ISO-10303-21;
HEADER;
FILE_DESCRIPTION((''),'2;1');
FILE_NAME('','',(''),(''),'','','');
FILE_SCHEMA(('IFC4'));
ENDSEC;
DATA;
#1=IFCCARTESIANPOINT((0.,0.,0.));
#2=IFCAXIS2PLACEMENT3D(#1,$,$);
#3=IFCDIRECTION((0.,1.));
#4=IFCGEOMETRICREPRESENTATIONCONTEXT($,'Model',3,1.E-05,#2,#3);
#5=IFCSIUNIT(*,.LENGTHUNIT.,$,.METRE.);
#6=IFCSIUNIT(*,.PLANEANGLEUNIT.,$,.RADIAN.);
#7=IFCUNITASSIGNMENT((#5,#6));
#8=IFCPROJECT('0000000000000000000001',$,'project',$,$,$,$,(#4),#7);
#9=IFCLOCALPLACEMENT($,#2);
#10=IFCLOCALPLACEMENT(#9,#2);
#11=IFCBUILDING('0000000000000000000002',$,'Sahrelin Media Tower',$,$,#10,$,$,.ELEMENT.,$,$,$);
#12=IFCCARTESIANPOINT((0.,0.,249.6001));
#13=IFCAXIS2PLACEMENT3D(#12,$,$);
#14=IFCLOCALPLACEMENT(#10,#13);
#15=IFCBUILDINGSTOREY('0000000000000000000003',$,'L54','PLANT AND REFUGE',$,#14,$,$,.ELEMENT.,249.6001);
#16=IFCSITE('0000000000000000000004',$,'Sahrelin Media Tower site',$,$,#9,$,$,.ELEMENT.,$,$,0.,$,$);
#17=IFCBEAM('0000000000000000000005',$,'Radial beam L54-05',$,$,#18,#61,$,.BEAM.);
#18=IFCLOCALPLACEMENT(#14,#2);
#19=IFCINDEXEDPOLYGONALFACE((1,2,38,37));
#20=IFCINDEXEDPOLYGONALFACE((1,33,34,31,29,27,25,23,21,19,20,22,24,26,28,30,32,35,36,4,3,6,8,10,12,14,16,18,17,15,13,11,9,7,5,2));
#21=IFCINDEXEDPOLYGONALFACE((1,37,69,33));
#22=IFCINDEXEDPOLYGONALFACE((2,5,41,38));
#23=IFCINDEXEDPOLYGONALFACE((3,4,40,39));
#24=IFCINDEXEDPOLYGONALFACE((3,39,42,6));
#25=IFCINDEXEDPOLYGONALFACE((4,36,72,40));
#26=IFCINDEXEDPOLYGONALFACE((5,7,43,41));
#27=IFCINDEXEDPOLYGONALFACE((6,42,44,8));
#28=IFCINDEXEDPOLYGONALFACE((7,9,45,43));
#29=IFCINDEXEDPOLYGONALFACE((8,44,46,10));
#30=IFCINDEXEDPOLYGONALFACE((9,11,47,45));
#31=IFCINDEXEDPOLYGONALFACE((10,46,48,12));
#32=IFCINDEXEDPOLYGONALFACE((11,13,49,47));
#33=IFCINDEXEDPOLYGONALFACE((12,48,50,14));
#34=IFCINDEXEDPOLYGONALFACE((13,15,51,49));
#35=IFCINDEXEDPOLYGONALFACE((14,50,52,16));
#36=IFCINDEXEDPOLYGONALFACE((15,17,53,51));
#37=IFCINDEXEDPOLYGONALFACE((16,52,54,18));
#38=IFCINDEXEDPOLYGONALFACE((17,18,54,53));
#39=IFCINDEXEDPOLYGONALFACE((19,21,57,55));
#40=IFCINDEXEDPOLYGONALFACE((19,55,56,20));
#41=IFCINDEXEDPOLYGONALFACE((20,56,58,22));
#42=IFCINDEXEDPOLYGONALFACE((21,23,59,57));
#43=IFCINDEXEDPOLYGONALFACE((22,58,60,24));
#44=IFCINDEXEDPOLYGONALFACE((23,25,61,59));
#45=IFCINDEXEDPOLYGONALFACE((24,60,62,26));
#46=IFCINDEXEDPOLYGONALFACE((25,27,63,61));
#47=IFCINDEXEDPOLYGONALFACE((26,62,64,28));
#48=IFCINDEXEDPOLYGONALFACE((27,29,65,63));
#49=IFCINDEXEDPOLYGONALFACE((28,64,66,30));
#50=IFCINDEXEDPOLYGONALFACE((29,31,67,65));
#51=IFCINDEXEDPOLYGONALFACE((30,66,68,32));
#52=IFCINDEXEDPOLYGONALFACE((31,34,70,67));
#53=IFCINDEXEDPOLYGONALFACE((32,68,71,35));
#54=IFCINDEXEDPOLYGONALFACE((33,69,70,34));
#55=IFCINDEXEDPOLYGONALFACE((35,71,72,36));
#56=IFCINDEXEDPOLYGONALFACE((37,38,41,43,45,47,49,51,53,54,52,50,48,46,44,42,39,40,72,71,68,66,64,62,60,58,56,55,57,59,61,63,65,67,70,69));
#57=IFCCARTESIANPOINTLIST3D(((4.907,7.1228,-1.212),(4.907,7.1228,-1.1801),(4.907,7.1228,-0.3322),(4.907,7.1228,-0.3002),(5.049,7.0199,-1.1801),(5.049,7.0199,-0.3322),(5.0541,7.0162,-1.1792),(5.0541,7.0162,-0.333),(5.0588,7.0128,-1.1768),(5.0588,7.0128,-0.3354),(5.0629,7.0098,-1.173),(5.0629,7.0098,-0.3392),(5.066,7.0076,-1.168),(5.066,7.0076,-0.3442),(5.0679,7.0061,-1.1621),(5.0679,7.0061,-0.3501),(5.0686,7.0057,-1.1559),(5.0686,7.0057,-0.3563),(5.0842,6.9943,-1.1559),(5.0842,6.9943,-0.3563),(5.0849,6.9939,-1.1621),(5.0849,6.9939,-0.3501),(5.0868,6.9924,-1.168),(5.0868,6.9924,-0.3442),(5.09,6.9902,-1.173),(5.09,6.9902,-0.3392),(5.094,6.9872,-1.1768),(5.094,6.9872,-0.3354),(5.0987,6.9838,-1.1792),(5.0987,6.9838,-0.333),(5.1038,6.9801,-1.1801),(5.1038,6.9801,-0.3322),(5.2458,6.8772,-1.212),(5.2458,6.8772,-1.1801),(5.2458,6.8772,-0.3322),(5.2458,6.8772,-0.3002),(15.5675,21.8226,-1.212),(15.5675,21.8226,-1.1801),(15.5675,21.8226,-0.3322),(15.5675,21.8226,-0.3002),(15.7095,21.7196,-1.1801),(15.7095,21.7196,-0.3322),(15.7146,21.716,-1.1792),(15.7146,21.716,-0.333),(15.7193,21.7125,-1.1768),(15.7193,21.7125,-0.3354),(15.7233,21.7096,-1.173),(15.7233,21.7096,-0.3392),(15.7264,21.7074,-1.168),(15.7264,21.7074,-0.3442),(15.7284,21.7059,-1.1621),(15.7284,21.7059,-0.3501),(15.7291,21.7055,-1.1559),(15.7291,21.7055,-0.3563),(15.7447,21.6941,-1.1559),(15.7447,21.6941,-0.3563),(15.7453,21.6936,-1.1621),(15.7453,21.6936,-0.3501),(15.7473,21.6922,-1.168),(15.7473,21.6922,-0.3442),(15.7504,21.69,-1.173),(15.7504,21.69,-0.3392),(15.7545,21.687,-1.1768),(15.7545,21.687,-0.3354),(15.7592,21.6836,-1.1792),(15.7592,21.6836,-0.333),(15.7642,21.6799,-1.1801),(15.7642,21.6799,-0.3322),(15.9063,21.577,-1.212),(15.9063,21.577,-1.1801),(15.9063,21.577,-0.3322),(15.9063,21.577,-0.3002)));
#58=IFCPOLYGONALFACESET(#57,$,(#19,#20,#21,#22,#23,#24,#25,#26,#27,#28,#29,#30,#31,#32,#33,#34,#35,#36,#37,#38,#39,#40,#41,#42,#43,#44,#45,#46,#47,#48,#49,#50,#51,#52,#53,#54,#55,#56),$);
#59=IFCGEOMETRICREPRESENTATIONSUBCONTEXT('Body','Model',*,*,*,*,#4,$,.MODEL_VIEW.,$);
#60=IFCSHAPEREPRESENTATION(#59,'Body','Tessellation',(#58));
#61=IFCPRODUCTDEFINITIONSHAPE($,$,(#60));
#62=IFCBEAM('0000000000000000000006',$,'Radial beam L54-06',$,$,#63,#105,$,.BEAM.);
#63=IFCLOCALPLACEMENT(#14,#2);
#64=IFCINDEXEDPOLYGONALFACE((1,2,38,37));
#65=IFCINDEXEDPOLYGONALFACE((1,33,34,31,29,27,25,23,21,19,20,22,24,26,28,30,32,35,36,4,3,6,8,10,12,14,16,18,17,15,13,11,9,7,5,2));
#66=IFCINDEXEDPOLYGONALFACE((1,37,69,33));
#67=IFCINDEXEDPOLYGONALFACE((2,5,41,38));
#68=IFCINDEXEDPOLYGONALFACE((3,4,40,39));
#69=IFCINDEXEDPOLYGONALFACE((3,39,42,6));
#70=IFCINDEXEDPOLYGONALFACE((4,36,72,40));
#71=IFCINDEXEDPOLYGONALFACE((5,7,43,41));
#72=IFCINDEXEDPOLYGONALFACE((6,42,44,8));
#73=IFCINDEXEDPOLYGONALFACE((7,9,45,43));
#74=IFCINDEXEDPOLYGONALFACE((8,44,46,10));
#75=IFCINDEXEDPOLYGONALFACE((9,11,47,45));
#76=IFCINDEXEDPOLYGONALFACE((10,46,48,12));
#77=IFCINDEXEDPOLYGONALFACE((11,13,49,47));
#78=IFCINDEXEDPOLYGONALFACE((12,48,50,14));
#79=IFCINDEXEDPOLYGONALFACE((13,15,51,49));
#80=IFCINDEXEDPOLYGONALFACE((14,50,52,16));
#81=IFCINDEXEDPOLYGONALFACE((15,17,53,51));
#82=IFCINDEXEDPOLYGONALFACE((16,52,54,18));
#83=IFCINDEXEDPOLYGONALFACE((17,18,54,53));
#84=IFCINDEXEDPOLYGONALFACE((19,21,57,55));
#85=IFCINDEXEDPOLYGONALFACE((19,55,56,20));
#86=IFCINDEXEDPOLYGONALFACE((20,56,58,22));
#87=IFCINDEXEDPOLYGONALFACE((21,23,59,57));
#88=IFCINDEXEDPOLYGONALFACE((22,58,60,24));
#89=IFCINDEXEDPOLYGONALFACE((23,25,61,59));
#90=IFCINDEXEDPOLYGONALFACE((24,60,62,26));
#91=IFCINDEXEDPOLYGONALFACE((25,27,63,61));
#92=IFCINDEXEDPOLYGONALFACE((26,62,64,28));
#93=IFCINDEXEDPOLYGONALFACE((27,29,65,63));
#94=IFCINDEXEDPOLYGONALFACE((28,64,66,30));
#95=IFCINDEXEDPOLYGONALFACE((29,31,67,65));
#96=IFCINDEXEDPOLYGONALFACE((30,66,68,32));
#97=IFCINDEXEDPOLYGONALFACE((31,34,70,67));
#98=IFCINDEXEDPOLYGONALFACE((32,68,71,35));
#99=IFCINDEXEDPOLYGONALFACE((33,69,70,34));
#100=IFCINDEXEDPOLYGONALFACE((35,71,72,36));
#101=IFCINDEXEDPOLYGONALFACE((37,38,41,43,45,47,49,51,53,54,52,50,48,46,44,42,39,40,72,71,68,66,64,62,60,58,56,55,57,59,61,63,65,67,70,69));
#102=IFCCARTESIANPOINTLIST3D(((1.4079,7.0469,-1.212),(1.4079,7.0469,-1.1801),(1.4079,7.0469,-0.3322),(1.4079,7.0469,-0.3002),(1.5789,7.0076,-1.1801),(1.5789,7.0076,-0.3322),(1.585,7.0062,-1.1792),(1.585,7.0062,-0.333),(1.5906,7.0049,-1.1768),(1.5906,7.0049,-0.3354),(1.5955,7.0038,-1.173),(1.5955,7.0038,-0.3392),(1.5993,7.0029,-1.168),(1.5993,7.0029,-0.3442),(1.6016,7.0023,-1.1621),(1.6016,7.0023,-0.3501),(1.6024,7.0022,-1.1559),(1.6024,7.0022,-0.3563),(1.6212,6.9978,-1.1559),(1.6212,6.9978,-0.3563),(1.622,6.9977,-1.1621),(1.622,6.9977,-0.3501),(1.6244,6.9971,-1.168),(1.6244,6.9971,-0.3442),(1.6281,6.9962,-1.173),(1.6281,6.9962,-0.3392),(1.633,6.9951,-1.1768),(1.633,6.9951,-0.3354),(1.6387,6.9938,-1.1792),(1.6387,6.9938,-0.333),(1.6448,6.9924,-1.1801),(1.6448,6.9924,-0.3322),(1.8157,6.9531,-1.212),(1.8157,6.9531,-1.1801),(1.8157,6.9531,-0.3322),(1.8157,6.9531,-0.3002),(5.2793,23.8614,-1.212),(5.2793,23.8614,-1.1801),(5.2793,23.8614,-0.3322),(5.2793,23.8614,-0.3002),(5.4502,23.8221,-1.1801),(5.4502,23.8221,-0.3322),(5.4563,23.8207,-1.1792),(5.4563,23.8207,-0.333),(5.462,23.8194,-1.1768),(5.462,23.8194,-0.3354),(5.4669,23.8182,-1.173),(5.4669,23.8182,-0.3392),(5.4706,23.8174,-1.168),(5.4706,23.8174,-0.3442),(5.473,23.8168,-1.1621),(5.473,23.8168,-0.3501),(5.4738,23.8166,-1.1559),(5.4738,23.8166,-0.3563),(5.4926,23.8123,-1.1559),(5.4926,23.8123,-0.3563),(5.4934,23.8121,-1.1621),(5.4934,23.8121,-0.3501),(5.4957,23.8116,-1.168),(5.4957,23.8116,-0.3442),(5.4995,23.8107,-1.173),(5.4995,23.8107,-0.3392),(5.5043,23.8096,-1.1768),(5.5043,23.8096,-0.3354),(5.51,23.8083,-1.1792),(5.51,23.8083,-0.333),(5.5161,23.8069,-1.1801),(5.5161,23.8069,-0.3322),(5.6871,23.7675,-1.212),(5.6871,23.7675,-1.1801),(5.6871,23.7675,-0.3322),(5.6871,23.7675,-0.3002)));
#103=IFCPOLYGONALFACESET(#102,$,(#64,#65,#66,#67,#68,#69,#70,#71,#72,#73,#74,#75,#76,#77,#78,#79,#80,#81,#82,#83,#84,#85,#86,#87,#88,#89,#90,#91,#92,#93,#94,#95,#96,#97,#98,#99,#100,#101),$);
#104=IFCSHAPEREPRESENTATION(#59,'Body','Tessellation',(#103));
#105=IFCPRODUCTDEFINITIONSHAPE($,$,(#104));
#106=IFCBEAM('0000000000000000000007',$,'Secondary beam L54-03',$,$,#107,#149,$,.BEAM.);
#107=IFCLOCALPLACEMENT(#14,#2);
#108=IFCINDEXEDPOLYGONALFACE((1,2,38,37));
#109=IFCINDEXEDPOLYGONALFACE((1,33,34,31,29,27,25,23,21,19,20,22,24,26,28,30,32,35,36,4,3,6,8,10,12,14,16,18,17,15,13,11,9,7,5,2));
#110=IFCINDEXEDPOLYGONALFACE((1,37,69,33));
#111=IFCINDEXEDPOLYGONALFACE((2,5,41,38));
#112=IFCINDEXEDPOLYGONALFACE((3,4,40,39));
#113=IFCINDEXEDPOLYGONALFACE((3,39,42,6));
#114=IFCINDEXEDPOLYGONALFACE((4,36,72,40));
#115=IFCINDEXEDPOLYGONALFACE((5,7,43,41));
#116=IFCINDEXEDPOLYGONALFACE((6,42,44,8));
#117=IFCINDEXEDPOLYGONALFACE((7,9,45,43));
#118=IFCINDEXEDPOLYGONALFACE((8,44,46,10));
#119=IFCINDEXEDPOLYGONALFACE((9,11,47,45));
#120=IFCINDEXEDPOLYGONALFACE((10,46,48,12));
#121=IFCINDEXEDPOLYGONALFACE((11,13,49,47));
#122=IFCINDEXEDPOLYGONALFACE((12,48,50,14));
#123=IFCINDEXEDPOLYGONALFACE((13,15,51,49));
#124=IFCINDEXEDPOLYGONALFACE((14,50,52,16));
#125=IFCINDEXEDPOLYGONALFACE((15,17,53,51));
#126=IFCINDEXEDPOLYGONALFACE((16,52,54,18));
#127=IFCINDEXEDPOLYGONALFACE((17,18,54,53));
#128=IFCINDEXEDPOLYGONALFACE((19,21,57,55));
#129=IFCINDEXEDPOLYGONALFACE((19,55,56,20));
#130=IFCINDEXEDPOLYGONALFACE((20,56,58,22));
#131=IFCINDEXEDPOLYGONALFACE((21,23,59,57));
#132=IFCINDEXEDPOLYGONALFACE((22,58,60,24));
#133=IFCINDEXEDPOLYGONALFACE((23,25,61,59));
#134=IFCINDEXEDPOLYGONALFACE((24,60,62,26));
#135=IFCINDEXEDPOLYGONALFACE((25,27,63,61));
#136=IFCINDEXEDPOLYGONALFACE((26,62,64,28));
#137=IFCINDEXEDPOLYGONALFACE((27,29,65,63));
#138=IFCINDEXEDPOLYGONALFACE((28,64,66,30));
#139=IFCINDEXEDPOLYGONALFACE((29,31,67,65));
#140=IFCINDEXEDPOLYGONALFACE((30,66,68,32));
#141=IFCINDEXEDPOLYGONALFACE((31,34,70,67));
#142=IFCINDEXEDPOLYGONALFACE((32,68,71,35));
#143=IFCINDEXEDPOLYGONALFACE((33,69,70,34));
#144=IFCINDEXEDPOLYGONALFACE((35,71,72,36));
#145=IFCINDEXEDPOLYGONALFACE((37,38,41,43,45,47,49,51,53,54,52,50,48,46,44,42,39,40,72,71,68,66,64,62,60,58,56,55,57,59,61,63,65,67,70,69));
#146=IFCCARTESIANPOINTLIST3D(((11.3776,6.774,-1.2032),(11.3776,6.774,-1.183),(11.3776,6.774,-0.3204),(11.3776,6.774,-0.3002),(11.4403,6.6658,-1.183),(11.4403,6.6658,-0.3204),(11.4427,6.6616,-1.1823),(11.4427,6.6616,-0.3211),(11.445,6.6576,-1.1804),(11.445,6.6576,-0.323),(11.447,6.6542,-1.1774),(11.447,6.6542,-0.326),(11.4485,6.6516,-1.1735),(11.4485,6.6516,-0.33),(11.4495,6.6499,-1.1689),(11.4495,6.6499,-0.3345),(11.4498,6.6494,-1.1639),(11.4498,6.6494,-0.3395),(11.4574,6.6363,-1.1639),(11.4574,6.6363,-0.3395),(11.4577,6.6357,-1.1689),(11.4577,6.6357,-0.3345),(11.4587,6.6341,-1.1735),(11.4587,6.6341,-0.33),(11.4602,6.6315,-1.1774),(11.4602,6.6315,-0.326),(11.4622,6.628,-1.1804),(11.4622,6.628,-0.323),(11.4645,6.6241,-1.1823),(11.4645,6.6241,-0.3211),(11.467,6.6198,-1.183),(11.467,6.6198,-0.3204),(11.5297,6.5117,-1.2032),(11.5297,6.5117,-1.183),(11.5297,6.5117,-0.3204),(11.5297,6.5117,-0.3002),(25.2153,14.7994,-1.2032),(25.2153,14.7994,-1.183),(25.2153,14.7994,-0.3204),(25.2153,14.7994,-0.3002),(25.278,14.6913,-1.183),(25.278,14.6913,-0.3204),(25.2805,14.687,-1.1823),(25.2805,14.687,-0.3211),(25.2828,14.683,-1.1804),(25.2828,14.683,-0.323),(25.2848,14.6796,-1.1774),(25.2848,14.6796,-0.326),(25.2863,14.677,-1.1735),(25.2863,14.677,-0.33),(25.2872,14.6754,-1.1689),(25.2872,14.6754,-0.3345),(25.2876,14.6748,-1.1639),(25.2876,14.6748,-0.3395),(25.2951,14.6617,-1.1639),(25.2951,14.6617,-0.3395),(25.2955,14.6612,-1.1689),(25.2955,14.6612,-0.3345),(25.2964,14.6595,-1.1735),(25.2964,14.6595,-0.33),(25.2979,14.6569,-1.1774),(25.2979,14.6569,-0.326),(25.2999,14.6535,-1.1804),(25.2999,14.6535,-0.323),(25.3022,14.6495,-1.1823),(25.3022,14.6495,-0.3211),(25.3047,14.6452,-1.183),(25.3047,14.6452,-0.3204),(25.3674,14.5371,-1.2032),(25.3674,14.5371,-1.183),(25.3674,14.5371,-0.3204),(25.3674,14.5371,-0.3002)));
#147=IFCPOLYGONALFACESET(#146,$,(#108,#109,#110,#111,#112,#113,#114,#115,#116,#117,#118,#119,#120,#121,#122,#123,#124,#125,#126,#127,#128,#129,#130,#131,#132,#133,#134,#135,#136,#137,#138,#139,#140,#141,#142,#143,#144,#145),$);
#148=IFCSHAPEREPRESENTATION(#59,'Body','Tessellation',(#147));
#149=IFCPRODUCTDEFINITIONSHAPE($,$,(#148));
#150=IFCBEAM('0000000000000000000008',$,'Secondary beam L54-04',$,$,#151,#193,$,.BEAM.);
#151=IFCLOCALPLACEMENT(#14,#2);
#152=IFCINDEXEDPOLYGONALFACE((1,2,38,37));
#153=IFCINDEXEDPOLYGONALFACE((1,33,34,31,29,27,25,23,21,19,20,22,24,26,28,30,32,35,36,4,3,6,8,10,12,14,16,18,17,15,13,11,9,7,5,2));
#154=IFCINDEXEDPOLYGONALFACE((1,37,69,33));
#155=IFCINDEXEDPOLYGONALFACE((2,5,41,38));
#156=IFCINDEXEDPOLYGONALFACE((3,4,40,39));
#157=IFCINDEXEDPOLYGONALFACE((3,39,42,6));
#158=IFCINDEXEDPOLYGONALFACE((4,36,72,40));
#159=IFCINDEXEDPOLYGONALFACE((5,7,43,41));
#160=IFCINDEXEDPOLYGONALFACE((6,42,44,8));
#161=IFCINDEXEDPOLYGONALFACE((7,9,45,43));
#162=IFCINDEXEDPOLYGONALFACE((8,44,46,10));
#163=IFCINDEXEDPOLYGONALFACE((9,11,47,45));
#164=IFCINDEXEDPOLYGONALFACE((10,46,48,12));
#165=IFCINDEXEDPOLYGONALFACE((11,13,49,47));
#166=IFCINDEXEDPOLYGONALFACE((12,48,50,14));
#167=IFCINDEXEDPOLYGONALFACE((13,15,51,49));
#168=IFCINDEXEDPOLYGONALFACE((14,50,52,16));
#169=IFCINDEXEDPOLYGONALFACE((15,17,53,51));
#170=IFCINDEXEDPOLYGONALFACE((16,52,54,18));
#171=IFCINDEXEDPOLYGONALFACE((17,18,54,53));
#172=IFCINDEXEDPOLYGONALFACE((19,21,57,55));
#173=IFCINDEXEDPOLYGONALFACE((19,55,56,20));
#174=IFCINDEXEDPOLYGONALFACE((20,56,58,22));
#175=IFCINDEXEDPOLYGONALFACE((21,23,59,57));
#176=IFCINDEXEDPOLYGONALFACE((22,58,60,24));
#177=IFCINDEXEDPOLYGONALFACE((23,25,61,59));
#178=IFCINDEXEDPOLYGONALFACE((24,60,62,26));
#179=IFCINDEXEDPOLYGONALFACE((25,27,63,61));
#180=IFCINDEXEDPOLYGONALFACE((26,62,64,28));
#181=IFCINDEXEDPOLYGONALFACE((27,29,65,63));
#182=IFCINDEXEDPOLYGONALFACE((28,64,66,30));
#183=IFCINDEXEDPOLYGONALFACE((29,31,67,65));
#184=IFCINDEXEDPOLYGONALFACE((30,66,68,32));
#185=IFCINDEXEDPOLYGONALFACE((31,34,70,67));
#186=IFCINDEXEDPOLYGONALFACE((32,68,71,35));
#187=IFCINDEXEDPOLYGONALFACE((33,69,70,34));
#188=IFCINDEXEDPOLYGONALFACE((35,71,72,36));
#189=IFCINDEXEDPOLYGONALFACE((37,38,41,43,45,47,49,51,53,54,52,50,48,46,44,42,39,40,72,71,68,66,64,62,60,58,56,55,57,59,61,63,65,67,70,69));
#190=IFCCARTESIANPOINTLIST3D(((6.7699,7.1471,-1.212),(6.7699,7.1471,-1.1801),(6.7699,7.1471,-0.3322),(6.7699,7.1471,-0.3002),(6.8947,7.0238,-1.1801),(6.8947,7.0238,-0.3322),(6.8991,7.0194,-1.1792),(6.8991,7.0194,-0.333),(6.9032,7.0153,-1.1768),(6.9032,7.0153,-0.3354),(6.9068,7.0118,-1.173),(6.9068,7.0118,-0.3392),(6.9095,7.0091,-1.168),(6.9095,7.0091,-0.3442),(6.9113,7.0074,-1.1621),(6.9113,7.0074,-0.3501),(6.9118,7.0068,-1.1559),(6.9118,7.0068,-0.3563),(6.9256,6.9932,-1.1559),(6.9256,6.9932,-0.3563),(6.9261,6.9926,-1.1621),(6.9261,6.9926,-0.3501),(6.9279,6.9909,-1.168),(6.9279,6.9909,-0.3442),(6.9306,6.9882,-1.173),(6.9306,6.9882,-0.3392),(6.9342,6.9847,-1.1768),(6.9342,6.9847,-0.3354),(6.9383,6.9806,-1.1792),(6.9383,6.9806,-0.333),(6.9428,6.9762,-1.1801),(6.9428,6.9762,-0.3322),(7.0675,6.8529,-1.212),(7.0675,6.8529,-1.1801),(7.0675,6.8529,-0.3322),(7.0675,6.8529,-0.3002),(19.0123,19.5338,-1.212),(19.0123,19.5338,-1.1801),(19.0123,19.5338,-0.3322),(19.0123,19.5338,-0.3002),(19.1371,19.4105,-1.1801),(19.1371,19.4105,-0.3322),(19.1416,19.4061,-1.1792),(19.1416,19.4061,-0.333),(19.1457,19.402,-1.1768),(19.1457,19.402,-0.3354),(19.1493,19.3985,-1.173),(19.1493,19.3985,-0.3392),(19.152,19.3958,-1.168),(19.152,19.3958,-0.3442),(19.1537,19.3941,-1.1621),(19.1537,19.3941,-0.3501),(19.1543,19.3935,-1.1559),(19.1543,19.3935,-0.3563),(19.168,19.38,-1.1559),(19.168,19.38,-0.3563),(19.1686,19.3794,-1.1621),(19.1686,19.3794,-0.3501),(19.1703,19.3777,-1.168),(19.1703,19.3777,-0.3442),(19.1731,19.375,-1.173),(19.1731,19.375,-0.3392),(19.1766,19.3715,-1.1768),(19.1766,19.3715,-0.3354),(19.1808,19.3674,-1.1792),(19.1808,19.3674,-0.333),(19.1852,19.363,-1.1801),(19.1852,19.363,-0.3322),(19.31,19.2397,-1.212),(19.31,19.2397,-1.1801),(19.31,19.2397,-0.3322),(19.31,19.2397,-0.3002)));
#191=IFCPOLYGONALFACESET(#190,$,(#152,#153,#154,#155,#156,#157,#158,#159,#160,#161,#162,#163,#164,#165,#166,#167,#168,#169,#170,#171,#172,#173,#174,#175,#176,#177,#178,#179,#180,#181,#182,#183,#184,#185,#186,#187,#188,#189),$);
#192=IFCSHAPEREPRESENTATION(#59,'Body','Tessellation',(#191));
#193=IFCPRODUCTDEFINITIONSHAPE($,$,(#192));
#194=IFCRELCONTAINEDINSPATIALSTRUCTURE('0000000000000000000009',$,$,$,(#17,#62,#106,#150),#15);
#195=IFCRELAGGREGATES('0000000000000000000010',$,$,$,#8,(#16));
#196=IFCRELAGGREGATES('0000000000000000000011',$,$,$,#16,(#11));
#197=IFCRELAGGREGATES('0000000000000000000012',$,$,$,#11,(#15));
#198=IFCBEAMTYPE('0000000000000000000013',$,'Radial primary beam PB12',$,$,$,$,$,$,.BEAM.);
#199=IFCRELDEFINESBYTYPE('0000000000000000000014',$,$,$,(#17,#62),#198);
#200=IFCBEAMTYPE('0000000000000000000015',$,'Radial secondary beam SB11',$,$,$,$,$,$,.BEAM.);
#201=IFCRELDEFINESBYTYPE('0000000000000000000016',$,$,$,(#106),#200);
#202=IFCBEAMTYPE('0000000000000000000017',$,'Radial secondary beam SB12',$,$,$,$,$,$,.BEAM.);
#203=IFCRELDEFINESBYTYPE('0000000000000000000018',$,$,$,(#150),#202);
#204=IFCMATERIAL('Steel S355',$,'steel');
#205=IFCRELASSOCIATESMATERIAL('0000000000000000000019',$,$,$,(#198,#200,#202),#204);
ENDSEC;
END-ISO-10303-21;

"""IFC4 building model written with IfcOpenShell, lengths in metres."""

from ifc_helpers import new_model, si_unit, direction, frame, origin, origin_2d, place, context, subcontext, project, spatial, i_section, extrude, material, material_profile, profile_set, type_object, element, save


model = new_model("IFC4")

# Units and contexts
model_context = context("Model", 3, precision=1e-05, world=origin(), true_north=direction((0.0, 1.0)))
body_context = subcontext(model_context, "Body", "Model", "MODEL_VIEW")
ifc_project = project(units=[si_unit("LENGTHUNIT", "METRE"), si_unit("PLANEANGLEUNIT", "RADIAN")], contexts=[model_context])

# Site, building, storey
site_placement = place(None, origin())
site = spatial("IfcSite", under=ifc_project, at=site_placement, Name="Sahrelin Media Tower site", CompositionType="ELEMENT", RefElevation=0.0)
building_placement = place(site_placement, origin())
building = spatial("IfcBuilding", under=site, at=building_placement, Name="Sahrelin Media Tower", CompositionType="ELEMENT")
storey_placement = place(building_placement, frame((0.0, 0.0, 249.6001)))
storey = spatial("IfcBuildingStorey", under=building, at=storey_placement, Name="L54", Description="PLANT AND REFUGE", CompositionType="ELEMENT", Elevation=249.6001)

# Beams
ifc_material_1 = material(Name="Steel S355", Category="steel")
ifc_material_profile_1 = material_profile(ifc_material_1, i_section(OverallWidth=0.4185, OverallDepth=0.9119, WebThickness=0.0193, FlangeThickness=0.032, FilletRadius=0.0242, at=origin_2d()), Name="UB 914x419x343")
ifc_profile_set_1 = profile_set([ifc_material_profile_1], Name="Steel S355")
beam_type_1 = type_object("IfcBeamType", Name="Radial primary beam PB12", PredefinedType="BEAM", material=ifc_profile_set_1)
beam_1_placement = place(storey_placement, frame((5.0764, 7.0, -0.7561), z_axis=(0.58708, 0.809529, 0.0), x_axis=(-0.809529, 0.58708, 0.0)))
element("IfcBeam", 1, at=beam_1_placement, inside=storey, type_object=beam_type_1, Name="Radial beam L54-05", PredefinedType="BEAM", context=body_context, shape_type="SweptSolid", body=[
    extrude(i_section(OverallWidth=0.4185, OverallDepth=0.9119, WebThickness=0.0193, FlangeThickness=0.032, FilletRadius=0.0242, at=origin_2d()), origin(), (0.0, 0.0, 1.0), 18.1584),
])
beam_2_placement = place(storey_placement, frame((1.6118, 7.0, -0.7561), z_axis=(0.224369, 0.974504, 0.0), x_axis=(-0.974504, 0.224369, 0.0)))
element("IfcBeam", 2, at=beam_2_placement, inside=storey, type_object=beam_type_1, Name="Radial beam L54-06", PredefinedType="BEAM", context=body_context, shape_type="SweptSolid", body=[
    extrude(i_section(OverallWidth=0.4185, OverallDepth=0.9119, WebThickness=0.0193, FlangeThickness=0.032, FilletRadius=0.0242, at=origin_2d()), origin(), (0.0, 0.0, 1.0), 17.2544),
])
ifc_material_profile_2 = material_profile(ifc_material_1, i_section(OverallWidth=0.3032, OverallDepth=0.9031, WebThickness=0.0151, FlangeThickness=0.0203, FilletRadius=0.019, at=origin_2d()), Name="UB 914x305x201")
ifc_profile_set_2 = profile_set([ifc_material_profile_2], Name="Steel S355")
beam_type_2 = type_object("IfcBeamType", Name="Radial secondary beam SB11", PredefinedType="BEAM", material=ifc_profile_set_2)
beam_3_placement = place(storey_placement, frame((11.4536, 6.6428, -0.7517), z_axis=(0.865043, 0.501697, 0.0), x_axis=(-0.501697, 0.865043, 0.0)))
element("IfcBeam", 3, at=beam_3_placement, inside=storey, type_object=beam_type_2, Name="Secondary beam L54-03", PredefinedType="BEAM", context=body_context, shape_type="SweptSolid", body=[
    extrude(i_section(OverallWidth=0.3032, OverallDepth=0.9031, WebThickness=0.0151, FlangeThickness=0.0203, FilletRadius=0.019, at=origin_2d()), origin(), (0.0, 0.0, 1.0), 15.9966),
])
ifc_material_profile_3 = material_profile(ifc_material_1, i_section(OverallWidth=0.4185, OverallDepth=0.9119, WebThickness=0.0193, FlangeThickness=0.032, FilletRadius=0.0242, at=origin_2d()), Name="UB 914x419x343")
ifc_profile_set_3 = profile_set([ifc_material_profile_3], Name="Steel S355")
beam_type_3 = type_object("IfcBeamType", Name="Radial secondary beam SB12", PredefinedType="BEAM", material=ifc_profile_set_3)
beam_4_placement = place(storey_placement, frame((6.9187, 7.0, -0.7561), z_axis=(0.702952, 0.711237, 0.0), x_axis=(-0.711237, 0.702952, 0.0)))
element("IfcBeam", 4, at=beam_4_placement, inside=storey, type_object=beam_type_3, Name="Secondary beam L54-04", PredefinedType="BEAM", context=body_context, shape_type="SweptSolid", body=[
    extrude(i_section(OverallWidth=0.4185, OverallDepth=0.9119, WebThickness=0.0193, FlangeThickness=0.032, FilletRadius=0.0242, at=origin_2d()), origin(), (0.0, 0.0, 1.0), 17.4158),
])

save(model, "model.ifc")
